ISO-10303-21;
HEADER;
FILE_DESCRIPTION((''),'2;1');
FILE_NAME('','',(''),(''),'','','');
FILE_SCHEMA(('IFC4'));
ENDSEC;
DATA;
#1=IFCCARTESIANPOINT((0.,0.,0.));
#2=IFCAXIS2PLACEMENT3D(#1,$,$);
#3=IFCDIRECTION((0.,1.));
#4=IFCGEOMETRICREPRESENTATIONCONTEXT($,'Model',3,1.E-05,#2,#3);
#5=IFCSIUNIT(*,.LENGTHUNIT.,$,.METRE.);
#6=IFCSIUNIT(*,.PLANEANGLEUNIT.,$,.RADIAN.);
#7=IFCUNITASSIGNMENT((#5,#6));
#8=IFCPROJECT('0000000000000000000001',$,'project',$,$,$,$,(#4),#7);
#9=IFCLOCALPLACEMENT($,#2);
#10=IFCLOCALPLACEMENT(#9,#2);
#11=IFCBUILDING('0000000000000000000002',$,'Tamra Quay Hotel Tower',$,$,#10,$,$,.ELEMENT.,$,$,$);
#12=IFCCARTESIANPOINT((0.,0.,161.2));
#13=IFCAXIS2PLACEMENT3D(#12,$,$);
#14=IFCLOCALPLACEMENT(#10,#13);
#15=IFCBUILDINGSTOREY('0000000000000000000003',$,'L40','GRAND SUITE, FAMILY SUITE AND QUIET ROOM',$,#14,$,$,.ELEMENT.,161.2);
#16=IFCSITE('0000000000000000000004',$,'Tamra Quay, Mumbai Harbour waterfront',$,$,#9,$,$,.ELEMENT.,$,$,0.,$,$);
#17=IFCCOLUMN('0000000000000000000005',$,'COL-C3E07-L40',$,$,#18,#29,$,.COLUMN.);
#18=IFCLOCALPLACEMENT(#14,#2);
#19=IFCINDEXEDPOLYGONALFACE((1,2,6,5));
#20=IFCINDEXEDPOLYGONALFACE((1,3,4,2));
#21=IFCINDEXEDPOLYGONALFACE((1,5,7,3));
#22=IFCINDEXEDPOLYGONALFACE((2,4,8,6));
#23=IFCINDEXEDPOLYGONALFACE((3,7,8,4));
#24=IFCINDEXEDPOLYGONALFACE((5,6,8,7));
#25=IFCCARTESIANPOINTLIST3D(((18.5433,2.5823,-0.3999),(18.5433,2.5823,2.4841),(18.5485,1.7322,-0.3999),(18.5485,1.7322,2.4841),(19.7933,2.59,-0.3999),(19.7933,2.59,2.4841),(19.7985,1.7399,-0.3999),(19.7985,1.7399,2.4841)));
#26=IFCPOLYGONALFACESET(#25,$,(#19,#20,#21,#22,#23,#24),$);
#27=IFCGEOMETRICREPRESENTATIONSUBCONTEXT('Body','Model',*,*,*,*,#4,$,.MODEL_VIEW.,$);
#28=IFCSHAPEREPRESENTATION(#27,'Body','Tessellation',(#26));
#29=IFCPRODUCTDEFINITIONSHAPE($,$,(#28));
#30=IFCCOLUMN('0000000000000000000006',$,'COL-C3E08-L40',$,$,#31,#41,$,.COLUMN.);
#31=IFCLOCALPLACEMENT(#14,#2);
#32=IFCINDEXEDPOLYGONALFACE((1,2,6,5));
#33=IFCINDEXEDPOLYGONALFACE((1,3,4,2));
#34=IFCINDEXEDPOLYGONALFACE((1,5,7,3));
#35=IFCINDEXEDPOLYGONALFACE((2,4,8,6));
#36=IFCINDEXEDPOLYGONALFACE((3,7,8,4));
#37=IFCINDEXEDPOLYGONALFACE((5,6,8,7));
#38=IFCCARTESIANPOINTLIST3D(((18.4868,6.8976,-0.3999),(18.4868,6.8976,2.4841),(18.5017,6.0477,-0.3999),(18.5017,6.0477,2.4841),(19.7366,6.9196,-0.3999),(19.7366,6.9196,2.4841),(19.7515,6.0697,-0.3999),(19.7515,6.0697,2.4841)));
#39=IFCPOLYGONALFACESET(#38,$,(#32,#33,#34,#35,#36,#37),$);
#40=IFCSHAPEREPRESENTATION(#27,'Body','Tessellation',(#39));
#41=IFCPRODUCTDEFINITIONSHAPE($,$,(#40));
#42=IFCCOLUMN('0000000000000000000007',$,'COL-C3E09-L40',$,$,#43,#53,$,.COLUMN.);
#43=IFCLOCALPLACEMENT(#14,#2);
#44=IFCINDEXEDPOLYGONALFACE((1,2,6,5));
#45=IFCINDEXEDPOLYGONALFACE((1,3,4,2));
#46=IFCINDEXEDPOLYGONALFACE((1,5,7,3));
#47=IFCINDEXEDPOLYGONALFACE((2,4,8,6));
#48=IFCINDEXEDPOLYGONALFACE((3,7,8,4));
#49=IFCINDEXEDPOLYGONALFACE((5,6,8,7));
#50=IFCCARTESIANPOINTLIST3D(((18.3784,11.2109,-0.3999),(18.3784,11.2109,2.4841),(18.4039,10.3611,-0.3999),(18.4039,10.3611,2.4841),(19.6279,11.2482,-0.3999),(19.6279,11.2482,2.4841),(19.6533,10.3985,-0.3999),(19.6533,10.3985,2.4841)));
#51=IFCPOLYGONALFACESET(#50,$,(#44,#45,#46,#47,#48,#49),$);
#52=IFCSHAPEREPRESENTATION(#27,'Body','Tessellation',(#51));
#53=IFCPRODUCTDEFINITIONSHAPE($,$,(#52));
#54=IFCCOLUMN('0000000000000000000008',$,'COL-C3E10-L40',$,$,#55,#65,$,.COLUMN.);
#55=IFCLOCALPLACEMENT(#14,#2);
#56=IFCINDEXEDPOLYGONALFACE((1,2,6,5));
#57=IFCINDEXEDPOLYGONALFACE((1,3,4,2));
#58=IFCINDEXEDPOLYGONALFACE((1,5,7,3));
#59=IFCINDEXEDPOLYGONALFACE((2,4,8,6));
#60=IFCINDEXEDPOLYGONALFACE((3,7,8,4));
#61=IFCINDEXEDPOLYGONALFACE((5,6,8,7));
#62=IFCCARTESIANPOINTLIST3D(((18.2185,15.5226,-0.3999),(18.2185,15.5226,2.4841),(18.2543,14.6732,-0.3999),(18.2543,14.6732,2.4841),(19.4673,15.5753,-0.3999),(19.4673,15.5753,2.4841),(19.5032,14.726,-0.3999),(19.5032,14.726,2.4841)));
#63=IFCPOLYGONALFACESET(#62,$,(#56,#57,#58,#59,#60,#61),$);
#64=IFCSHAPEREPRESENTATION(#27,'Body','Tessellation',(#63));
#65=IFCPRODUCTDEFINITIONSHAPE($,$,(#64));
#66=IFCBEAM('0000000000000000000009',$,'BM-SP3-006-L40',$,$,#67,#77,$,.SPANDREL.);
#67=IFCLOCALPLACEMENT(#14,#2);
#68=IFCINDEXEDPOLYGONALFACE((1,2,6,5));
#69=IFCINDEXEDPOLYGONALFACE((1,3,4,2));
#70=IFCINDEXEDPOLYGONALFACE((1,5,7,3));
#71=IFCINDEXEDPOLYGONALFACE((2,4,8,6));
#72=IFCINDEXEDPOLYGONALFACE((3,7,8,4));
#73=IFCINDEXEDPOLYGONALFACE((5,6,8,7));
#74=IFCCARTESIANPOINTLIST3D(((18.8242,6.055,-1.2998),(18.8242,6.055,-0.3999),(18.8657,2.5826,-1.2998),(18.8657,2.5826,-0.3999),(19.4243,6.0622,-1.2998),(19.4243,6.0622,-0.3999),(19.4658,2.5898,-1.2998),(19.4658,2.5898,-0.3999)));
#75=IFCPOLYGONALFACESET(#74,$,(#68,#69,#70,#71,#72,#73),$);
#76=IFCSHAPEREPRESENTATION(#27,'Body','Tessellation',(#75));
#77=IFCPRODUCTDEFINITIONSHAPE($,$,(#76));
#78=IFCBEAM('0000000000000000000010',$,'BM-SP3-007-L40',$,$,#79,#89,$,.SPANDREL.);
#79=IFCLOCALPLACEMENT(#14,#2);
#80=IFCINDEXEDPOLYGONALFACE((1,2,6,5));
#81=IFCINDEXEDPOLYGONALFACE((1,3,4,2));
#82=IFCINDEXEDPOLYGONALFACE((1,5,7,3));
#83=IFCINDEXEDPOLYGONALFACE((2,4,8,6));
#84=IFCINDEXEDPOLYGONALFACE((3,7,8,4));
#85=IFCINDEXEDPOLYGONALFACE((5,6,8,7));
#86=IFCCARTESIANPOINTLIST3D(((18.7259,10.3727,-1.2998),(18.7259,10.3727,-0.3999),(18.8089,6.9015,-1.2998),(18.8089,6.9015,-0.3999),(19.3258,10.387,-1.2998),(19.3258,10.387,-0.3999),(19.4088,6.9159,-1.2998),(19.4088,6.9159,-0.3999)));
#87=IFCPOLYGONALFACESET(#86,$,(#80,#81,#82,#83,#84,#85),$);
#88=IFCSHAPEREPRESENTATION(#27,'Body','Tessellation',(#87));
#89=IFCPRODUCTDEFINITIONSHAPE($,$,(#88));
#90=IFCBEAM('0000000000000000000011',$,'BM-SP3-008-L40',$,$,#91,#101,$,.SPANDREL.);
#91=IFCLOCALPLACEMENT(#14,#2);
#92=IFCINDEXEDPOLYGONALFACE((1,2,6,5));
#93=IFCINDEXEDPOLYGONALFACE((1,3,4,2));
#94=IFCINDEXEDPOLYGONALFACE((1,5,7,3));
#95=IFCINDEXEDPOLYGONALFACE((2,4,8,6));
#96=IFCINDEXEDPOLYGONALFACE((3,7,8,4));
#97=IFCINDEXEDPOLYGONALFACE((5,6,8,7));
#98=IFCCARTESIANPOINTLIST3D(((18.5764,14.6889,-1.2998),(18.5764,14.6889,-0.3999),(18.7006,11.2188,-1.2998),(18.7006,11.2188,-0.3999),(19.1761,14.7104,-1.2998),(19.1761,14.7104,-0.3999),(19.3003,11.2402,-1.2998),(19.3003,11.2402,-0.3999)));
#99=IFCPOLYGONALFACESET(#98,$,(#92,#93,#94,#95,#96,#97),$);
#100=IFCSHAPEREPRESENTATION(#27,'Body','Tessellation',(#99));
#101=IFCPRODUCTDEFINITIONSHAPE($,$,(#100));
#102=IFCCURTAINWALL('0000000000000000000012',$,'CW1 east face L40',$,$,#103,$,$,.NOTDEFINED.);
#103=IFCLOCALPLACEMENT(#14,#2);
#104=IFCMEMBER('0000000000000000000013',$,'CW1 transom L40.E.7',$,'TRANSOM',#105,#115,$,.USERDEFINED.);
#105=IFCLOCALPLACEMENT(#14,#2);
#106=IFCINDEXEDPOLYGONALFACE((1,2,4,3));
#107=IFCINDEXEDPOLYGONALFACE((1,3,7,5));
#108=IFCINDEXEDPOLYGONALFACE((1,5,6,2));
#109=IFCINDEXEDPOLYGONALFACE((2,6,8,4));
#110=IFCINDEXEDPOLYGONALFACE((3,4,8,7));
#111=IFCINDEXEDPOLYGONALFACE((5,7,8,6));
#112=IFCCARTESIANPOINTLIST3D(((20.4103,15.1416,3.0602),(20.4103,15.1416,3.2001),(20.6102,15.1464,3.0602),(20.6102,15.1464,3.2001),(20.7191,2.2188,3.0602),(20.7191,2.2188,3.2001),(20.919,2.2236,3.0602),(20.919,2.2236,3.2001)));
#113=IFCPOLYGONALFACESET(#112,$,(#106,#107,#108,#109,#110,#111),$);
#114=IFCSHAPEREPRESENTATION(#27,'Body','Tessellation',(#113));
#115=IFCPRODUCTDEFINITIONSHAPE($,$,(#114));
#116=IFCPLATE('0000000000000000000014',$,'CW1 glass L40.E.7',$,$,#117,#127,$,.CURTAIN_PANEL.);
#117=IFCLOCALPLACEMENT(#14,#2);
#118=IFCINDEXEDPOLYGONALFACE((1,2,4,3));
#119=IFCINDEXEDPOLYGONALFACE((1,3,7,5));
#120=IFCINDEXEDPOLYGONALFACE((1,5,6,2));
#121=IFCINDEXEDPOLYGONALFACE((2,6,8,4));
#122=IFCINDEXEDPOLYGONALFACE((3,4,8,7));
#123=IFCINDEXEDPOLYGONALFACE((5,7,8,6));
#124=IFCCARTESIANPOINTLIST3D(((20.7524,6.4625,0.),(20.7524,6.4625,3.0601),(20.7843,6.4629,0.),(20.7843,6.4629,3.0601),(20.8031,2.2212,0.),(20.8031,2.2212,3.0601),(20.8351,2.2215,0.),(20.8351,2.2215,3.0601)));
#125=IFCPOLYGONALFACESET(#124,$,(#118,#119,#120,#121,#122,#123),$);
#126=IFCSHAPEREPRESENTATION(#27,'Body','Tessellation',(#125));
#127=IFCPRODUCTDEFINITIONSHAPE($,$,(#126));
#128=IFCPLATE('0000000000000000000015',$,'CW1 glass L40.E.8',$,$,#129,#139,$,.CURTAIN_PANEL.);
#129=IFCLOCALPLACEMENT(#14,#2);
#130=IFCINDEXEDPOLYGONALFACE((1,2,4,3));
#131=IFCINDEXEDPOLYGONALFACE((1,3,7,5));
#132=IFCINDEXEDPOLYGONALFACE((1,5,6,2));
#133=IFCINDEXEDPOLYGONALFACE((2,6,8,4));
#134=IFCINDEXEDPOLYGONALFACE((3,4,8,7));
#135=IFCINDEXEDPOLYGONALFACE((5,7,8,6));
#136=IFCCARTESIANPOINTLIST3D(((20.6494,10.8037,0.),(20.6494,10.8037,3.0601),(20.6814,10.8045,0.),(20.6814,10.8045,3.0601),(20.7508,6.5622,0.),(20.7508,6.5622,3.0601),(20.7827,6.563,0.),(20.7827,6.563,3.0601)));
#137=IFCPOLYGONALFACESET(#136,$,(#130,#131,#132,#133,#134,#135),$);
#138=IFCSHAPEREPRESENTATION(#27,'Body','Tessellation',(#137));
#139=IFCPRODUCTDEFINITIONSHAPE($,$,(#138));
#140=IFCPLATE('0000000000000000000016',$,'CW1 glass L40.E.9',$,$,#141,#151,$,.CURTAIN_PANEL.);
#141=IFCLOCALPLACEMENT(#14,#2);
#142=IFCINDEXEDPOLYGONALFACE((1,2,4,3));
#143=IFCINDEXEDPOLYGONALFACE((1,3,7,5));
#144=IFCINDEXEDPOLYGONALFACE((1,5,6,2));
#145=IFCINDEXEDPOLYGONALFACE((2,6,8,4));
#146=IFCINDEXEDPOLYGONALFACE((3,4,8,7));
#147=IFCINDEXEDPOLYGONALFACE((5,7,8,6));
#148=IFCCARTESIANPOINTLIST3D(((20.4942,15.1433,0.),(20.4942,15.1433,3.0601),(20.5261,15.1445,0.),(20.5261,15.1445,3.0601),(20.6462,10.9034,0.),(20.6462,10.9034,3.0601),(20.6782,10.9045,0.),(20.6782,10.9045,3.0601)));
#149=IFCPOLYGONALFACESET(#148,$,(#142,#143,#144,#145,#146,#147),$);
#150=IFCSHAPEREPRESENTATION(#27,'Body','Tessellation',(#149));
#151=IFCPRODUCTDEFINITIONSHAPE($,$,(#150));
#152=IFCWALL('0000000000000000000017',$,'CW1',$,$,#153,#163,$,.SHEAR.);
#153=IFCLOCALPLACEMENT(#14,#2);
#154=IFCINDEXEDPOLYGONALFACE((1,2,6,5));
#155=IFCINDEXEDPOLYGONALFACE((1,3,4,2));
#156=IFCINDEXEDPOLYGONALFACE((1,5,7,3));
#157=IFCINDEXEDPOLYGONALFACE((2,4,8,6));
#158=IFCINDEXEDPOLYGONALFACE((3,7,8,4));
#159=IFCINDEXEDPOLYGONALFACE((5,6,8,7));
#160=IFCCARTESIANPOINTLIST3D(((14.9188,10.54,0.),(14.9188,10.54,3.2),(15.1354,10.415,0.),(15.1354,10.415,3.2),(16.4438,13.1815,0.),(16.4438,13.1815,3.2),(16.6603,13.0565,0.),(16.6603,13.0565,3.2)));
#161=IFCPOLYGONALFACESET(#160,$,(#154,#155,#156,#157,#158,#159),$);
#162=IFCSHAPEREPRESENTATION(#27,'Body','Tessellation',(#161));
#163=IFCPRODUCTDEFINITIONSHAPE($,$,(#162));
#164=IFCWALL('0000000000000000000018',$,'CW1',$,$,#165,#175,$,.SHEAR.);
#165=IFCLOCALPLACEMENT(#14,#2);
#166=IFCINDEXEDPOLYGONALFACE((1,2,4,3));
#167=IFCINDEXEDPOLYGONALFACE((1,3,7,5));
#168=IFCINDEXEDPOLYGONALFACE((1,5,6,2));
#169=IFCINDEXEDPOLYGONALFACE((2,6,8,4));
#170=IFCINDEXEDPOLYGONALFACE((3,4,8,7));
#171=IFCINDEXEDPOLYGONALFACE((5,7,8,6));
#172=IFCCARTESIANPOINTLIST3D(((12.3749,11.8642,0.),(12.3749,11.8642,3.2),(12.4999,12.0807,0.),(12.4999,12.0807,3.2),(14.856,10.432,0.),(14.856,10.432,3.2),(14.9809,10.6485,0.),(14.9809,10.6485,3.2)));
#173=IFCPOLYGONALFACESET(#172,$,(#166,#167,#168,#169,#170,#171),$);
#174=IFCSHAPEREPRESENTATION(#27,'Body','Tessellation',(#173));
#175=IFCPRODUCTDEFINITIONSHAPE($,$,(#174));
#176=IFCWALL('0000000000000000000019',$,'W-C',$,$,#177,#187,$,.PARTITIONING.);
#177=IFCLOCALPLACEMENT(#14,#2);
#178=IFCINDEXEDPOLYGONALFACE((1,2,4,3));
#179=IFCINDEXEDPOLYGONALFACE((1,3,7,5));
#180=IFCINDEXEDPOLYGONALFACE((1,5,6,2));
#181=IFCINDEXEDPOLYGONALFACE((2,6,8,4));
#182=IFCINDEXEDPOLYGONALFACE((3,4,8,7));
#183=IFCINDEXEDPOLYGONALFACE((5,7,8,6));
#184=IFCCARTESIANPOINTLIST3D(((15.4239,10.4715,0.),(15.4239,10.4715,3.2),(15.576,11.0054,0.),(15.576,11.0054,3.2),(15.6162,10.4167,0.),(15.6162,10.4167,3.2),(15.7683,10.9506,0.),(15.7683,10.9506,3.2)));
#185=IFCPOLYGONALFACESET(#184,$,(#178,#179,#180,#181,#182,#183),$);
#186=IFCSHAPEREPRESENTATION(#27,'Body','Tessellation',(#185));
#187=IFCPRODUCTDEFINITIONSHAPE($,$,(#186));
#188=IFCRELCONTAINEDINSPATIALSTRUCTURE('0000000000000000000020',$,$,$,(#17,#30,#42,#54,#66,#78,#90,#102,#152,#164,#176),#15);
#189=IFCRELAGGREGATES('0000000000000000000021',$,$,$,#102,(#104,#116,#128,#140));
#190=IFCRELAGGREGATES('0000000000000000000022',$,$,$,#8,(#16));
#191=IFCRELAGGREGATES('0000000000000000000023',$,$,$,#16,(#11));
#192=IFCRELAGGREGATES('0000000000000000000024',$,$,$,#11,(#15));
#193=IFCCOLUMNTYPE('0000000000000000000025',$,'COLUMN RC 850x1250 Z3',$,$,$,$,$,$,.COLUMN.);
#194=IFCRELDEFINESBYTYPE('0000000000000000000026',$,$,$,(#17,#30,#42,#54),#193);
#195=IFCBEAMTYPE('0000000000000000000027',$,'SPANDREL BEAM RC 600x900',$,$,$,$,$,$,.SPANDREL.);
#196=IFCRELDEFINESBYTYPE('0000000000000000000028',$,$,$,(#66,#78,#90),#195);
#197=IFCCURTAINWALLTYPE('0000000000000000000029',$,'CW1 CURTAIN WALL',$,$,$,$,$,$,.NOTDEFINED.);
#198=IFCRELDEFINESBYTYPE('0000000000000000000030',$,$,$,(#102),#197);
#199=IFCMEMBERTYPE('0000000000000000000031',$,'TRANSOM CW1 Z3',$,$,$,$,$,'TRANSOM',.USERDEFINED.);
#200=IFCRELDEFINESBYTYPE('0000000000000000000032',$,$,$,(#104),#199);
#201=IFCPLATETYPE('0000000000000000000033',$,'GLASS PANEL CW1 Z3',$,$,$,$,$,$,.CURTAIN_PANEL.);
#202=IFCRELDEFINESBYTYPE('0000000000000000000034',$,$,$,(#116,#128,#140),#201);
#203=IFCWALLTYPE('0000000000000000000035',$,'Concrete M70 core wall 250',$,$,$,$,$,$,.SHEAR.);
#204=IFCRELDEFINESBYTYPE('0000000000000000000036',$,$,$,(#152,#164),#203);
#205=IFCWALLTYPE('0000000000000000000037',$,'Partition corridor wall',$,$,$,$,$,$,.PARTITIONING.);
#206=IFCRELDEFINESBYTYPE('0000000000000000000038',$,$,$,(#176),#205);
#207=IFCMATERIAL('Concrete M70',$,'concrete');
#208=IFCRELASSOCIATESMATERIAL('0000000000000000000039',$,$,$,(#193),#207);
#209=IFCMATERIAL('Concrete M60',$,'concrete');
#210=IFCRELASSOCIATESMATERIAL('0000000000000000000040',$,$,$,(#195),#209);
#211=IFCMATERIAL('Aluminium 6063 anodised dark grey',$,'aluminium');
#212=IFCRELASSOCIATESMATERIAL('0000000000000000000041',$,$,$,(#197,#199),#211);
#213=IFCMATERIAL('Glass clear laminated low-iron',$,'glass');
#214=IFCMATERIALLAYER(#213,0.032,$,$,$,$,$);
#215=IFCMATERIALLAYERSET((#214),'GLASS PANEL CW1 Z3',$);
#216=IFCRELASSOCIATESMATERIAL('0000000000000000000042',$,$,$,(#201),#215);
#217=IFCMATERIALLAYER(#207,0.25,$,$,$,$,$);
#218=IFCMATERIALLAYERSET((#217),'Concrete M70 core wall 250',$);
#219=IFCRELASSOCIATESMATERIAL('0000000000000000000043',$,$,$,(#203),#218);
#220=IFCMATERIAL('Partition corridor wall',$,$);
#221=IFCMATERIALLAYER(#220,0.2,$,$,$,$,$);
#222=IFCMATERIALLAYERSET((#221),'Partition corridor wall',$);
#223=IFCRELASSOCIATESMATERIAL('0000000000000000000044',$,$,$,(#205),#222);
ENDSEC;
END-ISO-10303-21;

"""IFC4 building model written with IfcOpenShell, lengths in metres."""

from ifc_helpers import new_model, si_unit, direction, frame, frame_2d, origin, origin_2d, place, context, subcontext, project, spatial, rectangle, extrude, material, layer, layer_set, material_profile, profile_set, type_object, element, aggregate, save


model = new_model("IFC4")

# Units and contexts
model_context = context("Model", 3, precision=1e-05, world=origin(), true_north=direction((0.0, 1.0)))
body_context = subcontext(model_context, "Body", "Model", "MODEL_VIEW")
ifc_project = project(units=[si_unit("LENGTHUNIT", "METRE"), si_unit("PLANEANGLEUNIT", "RADIAN")], contexts=[model_context])

# Site, building, storey
site_placement = place(None, origin())
site = spatial("IfcSite", under=ifc_project, at=site_placement, Name="Tamra Quay, Mumbai Harbour waterfront", CompositionType="ELEMENT", RefElevation=0.0)
building_placement = place(site_placement, origin())
building = spatial("IfcBuilding", under=site, at=building_placement, Name="Tamra Quay Hotel Tower", CompositionType="ELEMENT")
storey_placement = place(building_placement, frame((0.0, 0.0, 161.2)))
storey = spatial("IfcBuildingStorey", under=building, at=storey_placement, Name="L40", Description="GRAND SUITE, FAMILY SUITE AND QUIET ROOM", CompositionType="ELEMENT", Elevation=161.2)

# Columns
ifc_material_1 = material(Name="Concrete M70", Category="concrete")
ifc_material_profile_1 = material_profile(ifc_material_1, rectangle(XDim=1.25, YDim=0.8501, at=origin_2d()), Name="COLUMN RC 850x1250 Z3")
ifc_profile_set_1 = profile_set([ifc_material_profile_1], Name="Concrete M70")
column_type = type_object("IfcColumnType", Name="COLUMN RC 850x1250 Z3", PredefinedType="COLUMN", material=ifc_profile_set_1)
for number, where, z_axis, x_axis, name in (
    (1, (19.1709, 2.1611, -0.3999), (0.0, 0.0, 1.0), (0.999981, 0.006159, 0.0), "COL-C3E07-L40"),
    (2, (19.1191, 6.4836, -0.3999), (0.0, 0.0, 1.0), (0.999845, 0.017597, 0.0), "COL-C3E08-L40"),
    (3, (19.0159, 10.8047, -0.3999), (0.0, 0.0, 1.0), (0.999553, 0.029907, 0.0), "COL-C3E09-L40"),
    (4, (18.8608, 15.1243, -0.3999), (0.0, 0.0, 1.0), (0.999109, 0.042202, 0.0), "COL-C3E10-L40"),
):
    element("IfcColumn", number, at=place(storey_placement, frame(where, z_axis=z_axis, x_axis=x_axis)), inside=storey, type_object=column_type, Name=name, PredefinedType="COLUMN", context=body_context, shape_type="SweptSolid", body=[
        extrude(rectangle(XDim=1.25, YDim=0.8501, at=origin_2d()), origin(), (0.0, 0.0, 1.0), 2.884),
    ])

# Beams
ifc_material_2 = material(Name="Concrete M60", Category="concrete")
ifc_material_profile_2 = material_profile(ifc_material_2, rectangle(XDim=0.6001, YDim=0.8999, at=origin_2d()), Name="SPANDREL BEAM RC 600x900")
ifc_profile_set_2 = profile_set([ifc_material_profile_2], Name="Concrete M60")
beam_type = type_object("IfcBeamType", Name="SPANDREL BEAM RC 600x900", PredefinedType="SPANDREL", material=ifc_profile_set_2)
beam_1_placement = place(storey_placement, frame((19.1658, 2.5862, -0.8499), z_axis=(-0.011952, 0.999929, 0.0), x_axis=(-0.999929, -0.011952, 0.0)))
element("IfcBeam", 5, at=beam_1_placement, inside=storey, type_object=beam_type, Name="BM-SP3-006-L40", PredefinedType="SPANDREL", context=body_context, shape_type="SweptSolid", body=[
    extrude(rectangle(XDim=0.6001, YDim=0.8999, at=origin_2d()), origin(), (0.0, 0.0, 1.0), 3.4727),
])
beam_2_placement = place(storey_placement, frame((19.1089, 6.9087, -0.8499), z_axis=(-0.023907, 0.999714, 0.0), x_axis=(-0.999714, -0.023907, 0.0)))
element("IfcBeam", 6, at=beam_2_placement, inside=storey, type_object=beam_type, Name="BM-SP3-007-L40", PredefinedType="SPANDREL", context=body_context, shape_type="SweptSolid", body=[
    extrude(rectangle(XDim=0.6001, YDim=0.8999, at=origin_2d()), origin(), (0.0, 0.0, 1.0), 3.4722),
])
beam_3_placement = place(storey_placement, frame((19.0005, 11.2295, -0.8499), z_axis=(-0.035787, 0.999359, 0.0), x_axis=(-0.999359, -0.035787, 0.0)))
element("IfcBeam", 7, at=beam_3_placement, inside=storey, type_object=beam_type, Name="BM-SP3-008-L40", PredefinedType="SPANDREL", context=body_context, shape_type="SweptSolid", body=[
    extrude(rectangle(XDim=0.6001, YDim=0.8999, at=origin_2d()), origin(), (0.0, 0.0, 1.0), 3.4724),
])

# Curtain wall, member, plates
ifc_material_3 = material(Name="Aluminium 6063 anodised dark grey", Category="aluminium")
curtain_wall_type = type_object("IfcCurtainWallType", Name="CW1 CURTAIN WALL", PredefinedType="NOTDEFINED", material=ifc_material_3)
curtain_wall_placement = place(storey_placement, origin())
curtain_wall = element("IfcCurtainWall", 8, at=curtain_wall_placement, inside=storey, type_object=curtain_wall_type, Name="CW1 east face L40", PredefinedType="NOTDEFINED")
ifc_material_profile_3 = material_profile(ifc_material_3, rectangle(XDim=0.2, YDim=0.1399, at=origin_2d()), Name="TRANSOM 200X140")
ifc_profile_set_3 = profile_set([ifc_material_profile_3], Name="Aluminium 6063 anodised dark grey")
member_type = type_object("IfcMemberType", Name="TRANSOM CW1 Z3", ElementType="TRANSOM", PredefinedType="USERDEFINED", material=ifc_profile_set_3)
member_placement = place(storey_placement, frame((20.8191, 2.2212, 3.1301), z_axis=(-0.023892, 0.999715, 0.0), x_axis=(-0.999715, -0.023892, 0.0)))
member = element("IfcMember", 9, at=member_placement, type_object=member_type, Name="CW1 transom L40.E.7", ObjectType="TRANSOM", PredefinedType="USERDEFINED", context=body_context, shape_type="SweptSolid", body=[
    extrude(rectangle(XDim=0.2, YDim=0.1399, at=origin_2d()), origin(), (0.0, 0.0, 1.0), 12.9265),
])
ifc_material_4 = material(Name="Glass clear laminated low-iron", Category="glass")
ifc_layer_1 = layer(ifc_material_4, 0.032)
ifc_layer_set_1 = layer_set([ifc_layer_1], Name="GLASS PANEL CW1 Z3")
plate_type = type_object("IfcPlateType", Name="GLASS PANEL CW1 Z3", PredefinedType="CURTAIN_PANEL", material=ifc_layer_set_1)
plate_1_placement = place(storey_placement, frame((20.7937, 4.342, 0.0), z_axis=(0.0, 0.0, 1.0), x_axis=(-0.011957, 0.999929, 0.0)))
plate_1 = element("IfcPlate", 10, at=plate_1_placement, type_object=plate_type, Name="CW1 glass L40.E.7", PredefinedType="CURTAIN_PANEL", context=body_context, shape_type="SweptSolid", body=[
    extrude(rectangle(XDim=4.2417, YDim=0.032, at=origin_2d()), origin(), (0.0, 0.0, 1.0), 3.0601),
])
plate_2_placement = place(storey_placement, frame((20.7161, 8.6833, 0.0), z_axis=(0.0, 0.0, 1.0), x_axis=(-0.023896, 0.999714, 0.0)))
plate_2 = element("IfcPlate", 11, at=plate_2_placement, type_object=plate_type, Name="CW1 glass L40.E.8", PredefinedType="CURTAIN_PANEL", context=body_context, shape_type="SweptSolid", body=[
    extrude(rectangle(XDim=4.2427, YDim=0.032, at=origin_2d()), origin(), (0.0, 0.0, 1.0), 3.0601),
])
plate_3_placement = place(storey_placement, frame((20.5862, 13.0239, 0.0), z_axis=(0.0, 0.0, 1.0), x_axis=(-0.035845, 0.999357, 0.0)))
plate_3 = element("IfcPlate", 12, at=plate_3_placement, type_object=plate_type, Name="CW1 glass L40.E.9", PredefinedType="CURTAIN_PANEL", context=body_context, shape_type="SweptSolid", body=[
    extrude(rectangle(XDim=4.2427, YDim=0.032, at=origin_2d()), origin(), (0.0, 0.0, 1.0), 3.0601),
])
aggregate(curtain_wall, [member, plate_1, plate_2, plate_3])

# Walls
ifc_layer_2 = layer(ifc_material_1, 0.25)
ifc_layer_set_2 = layer_set([ifc_layer_2], Name="Concrete M70 core wall 250")
wall_type_1 = type_object("IfcWallType", Name="Concrete M70 core wall 250", PredefinedType="SHEAR", material=ifc_layer_set_2)
wall_1_placement = place(storey_placement, frame((16.552, 13.1189, 0.0), z_axis=(0.0, 0.0, 1.0), x_axis=(-0.499979, -0.866038, 0.0)))
element("IfcWall", 13, at=wall_1_placement, inside=storey, type_object=wall_type_1, Name="CW1", PredefinedType="SHEAR", context=body_context, shape_type="SweptSolid", body=[
    extrude(rectangle(XDim=3.05, YDim=0.25, at=frame_2d((1.5249, 0.0))), origin(), (0.0, 0.0, 1.0), 3.2),
])
wall_2_placement = place(storey_placement, frame((14.9185, 10.5403, 0.0), z_axis=(0.0, 0.0, 1.0), x_axis=(-0.866064, 0.499934, 0.0)))
element("IfcWall", 14, at=wall_2_placement, inside=storey, type_object=wall_type_1, Name="CW1", PredefinedType="SHEAR", context=body_context, shape_type="SweptSolid", body=[
    extrude(rectangle(XDim=2.8647, YDim=0.25, at=frame_2d((1.4324, 0.0))), origin(), (0.0, 0.0, 1.0), 3.2),
])
ifc_material_5 = material(Name="Partition corridor wall")
ifc_layer_3 = layer(ifc_material_5, 0.2)
ifc_layer_set_3 = layer_set([ifc_layer_3], Name="Partition corridor wall")
wall_type_2 = type_object("IfcWallType", Name="Partition corridor wall", PredefinedType="PARTITIONING", material=ifc_layer_set_3)
wall_3_placement = place(storey_placement, frame((15.52, 10.4441, 0.0), z_axis=(0.0, 0.0, 1.0), x_axis=(0.273966, 0.961739, 0.0)))
element("IfcWall", 15, at=wall_3_placement, inside=storey, type_object=wall_type_2, Name="W-C", PredefinedType="PARTITIONING", context=body_context, shape_type="SweptSolid", body=[
    extrude(rectangle(XDim=0.5552, YDim=0.2, at=frame_2d((0.2776, 0.0))), origin(), (0.0, 0.0, 1.0), 3.2),
])

save(model, "model.ifc")
